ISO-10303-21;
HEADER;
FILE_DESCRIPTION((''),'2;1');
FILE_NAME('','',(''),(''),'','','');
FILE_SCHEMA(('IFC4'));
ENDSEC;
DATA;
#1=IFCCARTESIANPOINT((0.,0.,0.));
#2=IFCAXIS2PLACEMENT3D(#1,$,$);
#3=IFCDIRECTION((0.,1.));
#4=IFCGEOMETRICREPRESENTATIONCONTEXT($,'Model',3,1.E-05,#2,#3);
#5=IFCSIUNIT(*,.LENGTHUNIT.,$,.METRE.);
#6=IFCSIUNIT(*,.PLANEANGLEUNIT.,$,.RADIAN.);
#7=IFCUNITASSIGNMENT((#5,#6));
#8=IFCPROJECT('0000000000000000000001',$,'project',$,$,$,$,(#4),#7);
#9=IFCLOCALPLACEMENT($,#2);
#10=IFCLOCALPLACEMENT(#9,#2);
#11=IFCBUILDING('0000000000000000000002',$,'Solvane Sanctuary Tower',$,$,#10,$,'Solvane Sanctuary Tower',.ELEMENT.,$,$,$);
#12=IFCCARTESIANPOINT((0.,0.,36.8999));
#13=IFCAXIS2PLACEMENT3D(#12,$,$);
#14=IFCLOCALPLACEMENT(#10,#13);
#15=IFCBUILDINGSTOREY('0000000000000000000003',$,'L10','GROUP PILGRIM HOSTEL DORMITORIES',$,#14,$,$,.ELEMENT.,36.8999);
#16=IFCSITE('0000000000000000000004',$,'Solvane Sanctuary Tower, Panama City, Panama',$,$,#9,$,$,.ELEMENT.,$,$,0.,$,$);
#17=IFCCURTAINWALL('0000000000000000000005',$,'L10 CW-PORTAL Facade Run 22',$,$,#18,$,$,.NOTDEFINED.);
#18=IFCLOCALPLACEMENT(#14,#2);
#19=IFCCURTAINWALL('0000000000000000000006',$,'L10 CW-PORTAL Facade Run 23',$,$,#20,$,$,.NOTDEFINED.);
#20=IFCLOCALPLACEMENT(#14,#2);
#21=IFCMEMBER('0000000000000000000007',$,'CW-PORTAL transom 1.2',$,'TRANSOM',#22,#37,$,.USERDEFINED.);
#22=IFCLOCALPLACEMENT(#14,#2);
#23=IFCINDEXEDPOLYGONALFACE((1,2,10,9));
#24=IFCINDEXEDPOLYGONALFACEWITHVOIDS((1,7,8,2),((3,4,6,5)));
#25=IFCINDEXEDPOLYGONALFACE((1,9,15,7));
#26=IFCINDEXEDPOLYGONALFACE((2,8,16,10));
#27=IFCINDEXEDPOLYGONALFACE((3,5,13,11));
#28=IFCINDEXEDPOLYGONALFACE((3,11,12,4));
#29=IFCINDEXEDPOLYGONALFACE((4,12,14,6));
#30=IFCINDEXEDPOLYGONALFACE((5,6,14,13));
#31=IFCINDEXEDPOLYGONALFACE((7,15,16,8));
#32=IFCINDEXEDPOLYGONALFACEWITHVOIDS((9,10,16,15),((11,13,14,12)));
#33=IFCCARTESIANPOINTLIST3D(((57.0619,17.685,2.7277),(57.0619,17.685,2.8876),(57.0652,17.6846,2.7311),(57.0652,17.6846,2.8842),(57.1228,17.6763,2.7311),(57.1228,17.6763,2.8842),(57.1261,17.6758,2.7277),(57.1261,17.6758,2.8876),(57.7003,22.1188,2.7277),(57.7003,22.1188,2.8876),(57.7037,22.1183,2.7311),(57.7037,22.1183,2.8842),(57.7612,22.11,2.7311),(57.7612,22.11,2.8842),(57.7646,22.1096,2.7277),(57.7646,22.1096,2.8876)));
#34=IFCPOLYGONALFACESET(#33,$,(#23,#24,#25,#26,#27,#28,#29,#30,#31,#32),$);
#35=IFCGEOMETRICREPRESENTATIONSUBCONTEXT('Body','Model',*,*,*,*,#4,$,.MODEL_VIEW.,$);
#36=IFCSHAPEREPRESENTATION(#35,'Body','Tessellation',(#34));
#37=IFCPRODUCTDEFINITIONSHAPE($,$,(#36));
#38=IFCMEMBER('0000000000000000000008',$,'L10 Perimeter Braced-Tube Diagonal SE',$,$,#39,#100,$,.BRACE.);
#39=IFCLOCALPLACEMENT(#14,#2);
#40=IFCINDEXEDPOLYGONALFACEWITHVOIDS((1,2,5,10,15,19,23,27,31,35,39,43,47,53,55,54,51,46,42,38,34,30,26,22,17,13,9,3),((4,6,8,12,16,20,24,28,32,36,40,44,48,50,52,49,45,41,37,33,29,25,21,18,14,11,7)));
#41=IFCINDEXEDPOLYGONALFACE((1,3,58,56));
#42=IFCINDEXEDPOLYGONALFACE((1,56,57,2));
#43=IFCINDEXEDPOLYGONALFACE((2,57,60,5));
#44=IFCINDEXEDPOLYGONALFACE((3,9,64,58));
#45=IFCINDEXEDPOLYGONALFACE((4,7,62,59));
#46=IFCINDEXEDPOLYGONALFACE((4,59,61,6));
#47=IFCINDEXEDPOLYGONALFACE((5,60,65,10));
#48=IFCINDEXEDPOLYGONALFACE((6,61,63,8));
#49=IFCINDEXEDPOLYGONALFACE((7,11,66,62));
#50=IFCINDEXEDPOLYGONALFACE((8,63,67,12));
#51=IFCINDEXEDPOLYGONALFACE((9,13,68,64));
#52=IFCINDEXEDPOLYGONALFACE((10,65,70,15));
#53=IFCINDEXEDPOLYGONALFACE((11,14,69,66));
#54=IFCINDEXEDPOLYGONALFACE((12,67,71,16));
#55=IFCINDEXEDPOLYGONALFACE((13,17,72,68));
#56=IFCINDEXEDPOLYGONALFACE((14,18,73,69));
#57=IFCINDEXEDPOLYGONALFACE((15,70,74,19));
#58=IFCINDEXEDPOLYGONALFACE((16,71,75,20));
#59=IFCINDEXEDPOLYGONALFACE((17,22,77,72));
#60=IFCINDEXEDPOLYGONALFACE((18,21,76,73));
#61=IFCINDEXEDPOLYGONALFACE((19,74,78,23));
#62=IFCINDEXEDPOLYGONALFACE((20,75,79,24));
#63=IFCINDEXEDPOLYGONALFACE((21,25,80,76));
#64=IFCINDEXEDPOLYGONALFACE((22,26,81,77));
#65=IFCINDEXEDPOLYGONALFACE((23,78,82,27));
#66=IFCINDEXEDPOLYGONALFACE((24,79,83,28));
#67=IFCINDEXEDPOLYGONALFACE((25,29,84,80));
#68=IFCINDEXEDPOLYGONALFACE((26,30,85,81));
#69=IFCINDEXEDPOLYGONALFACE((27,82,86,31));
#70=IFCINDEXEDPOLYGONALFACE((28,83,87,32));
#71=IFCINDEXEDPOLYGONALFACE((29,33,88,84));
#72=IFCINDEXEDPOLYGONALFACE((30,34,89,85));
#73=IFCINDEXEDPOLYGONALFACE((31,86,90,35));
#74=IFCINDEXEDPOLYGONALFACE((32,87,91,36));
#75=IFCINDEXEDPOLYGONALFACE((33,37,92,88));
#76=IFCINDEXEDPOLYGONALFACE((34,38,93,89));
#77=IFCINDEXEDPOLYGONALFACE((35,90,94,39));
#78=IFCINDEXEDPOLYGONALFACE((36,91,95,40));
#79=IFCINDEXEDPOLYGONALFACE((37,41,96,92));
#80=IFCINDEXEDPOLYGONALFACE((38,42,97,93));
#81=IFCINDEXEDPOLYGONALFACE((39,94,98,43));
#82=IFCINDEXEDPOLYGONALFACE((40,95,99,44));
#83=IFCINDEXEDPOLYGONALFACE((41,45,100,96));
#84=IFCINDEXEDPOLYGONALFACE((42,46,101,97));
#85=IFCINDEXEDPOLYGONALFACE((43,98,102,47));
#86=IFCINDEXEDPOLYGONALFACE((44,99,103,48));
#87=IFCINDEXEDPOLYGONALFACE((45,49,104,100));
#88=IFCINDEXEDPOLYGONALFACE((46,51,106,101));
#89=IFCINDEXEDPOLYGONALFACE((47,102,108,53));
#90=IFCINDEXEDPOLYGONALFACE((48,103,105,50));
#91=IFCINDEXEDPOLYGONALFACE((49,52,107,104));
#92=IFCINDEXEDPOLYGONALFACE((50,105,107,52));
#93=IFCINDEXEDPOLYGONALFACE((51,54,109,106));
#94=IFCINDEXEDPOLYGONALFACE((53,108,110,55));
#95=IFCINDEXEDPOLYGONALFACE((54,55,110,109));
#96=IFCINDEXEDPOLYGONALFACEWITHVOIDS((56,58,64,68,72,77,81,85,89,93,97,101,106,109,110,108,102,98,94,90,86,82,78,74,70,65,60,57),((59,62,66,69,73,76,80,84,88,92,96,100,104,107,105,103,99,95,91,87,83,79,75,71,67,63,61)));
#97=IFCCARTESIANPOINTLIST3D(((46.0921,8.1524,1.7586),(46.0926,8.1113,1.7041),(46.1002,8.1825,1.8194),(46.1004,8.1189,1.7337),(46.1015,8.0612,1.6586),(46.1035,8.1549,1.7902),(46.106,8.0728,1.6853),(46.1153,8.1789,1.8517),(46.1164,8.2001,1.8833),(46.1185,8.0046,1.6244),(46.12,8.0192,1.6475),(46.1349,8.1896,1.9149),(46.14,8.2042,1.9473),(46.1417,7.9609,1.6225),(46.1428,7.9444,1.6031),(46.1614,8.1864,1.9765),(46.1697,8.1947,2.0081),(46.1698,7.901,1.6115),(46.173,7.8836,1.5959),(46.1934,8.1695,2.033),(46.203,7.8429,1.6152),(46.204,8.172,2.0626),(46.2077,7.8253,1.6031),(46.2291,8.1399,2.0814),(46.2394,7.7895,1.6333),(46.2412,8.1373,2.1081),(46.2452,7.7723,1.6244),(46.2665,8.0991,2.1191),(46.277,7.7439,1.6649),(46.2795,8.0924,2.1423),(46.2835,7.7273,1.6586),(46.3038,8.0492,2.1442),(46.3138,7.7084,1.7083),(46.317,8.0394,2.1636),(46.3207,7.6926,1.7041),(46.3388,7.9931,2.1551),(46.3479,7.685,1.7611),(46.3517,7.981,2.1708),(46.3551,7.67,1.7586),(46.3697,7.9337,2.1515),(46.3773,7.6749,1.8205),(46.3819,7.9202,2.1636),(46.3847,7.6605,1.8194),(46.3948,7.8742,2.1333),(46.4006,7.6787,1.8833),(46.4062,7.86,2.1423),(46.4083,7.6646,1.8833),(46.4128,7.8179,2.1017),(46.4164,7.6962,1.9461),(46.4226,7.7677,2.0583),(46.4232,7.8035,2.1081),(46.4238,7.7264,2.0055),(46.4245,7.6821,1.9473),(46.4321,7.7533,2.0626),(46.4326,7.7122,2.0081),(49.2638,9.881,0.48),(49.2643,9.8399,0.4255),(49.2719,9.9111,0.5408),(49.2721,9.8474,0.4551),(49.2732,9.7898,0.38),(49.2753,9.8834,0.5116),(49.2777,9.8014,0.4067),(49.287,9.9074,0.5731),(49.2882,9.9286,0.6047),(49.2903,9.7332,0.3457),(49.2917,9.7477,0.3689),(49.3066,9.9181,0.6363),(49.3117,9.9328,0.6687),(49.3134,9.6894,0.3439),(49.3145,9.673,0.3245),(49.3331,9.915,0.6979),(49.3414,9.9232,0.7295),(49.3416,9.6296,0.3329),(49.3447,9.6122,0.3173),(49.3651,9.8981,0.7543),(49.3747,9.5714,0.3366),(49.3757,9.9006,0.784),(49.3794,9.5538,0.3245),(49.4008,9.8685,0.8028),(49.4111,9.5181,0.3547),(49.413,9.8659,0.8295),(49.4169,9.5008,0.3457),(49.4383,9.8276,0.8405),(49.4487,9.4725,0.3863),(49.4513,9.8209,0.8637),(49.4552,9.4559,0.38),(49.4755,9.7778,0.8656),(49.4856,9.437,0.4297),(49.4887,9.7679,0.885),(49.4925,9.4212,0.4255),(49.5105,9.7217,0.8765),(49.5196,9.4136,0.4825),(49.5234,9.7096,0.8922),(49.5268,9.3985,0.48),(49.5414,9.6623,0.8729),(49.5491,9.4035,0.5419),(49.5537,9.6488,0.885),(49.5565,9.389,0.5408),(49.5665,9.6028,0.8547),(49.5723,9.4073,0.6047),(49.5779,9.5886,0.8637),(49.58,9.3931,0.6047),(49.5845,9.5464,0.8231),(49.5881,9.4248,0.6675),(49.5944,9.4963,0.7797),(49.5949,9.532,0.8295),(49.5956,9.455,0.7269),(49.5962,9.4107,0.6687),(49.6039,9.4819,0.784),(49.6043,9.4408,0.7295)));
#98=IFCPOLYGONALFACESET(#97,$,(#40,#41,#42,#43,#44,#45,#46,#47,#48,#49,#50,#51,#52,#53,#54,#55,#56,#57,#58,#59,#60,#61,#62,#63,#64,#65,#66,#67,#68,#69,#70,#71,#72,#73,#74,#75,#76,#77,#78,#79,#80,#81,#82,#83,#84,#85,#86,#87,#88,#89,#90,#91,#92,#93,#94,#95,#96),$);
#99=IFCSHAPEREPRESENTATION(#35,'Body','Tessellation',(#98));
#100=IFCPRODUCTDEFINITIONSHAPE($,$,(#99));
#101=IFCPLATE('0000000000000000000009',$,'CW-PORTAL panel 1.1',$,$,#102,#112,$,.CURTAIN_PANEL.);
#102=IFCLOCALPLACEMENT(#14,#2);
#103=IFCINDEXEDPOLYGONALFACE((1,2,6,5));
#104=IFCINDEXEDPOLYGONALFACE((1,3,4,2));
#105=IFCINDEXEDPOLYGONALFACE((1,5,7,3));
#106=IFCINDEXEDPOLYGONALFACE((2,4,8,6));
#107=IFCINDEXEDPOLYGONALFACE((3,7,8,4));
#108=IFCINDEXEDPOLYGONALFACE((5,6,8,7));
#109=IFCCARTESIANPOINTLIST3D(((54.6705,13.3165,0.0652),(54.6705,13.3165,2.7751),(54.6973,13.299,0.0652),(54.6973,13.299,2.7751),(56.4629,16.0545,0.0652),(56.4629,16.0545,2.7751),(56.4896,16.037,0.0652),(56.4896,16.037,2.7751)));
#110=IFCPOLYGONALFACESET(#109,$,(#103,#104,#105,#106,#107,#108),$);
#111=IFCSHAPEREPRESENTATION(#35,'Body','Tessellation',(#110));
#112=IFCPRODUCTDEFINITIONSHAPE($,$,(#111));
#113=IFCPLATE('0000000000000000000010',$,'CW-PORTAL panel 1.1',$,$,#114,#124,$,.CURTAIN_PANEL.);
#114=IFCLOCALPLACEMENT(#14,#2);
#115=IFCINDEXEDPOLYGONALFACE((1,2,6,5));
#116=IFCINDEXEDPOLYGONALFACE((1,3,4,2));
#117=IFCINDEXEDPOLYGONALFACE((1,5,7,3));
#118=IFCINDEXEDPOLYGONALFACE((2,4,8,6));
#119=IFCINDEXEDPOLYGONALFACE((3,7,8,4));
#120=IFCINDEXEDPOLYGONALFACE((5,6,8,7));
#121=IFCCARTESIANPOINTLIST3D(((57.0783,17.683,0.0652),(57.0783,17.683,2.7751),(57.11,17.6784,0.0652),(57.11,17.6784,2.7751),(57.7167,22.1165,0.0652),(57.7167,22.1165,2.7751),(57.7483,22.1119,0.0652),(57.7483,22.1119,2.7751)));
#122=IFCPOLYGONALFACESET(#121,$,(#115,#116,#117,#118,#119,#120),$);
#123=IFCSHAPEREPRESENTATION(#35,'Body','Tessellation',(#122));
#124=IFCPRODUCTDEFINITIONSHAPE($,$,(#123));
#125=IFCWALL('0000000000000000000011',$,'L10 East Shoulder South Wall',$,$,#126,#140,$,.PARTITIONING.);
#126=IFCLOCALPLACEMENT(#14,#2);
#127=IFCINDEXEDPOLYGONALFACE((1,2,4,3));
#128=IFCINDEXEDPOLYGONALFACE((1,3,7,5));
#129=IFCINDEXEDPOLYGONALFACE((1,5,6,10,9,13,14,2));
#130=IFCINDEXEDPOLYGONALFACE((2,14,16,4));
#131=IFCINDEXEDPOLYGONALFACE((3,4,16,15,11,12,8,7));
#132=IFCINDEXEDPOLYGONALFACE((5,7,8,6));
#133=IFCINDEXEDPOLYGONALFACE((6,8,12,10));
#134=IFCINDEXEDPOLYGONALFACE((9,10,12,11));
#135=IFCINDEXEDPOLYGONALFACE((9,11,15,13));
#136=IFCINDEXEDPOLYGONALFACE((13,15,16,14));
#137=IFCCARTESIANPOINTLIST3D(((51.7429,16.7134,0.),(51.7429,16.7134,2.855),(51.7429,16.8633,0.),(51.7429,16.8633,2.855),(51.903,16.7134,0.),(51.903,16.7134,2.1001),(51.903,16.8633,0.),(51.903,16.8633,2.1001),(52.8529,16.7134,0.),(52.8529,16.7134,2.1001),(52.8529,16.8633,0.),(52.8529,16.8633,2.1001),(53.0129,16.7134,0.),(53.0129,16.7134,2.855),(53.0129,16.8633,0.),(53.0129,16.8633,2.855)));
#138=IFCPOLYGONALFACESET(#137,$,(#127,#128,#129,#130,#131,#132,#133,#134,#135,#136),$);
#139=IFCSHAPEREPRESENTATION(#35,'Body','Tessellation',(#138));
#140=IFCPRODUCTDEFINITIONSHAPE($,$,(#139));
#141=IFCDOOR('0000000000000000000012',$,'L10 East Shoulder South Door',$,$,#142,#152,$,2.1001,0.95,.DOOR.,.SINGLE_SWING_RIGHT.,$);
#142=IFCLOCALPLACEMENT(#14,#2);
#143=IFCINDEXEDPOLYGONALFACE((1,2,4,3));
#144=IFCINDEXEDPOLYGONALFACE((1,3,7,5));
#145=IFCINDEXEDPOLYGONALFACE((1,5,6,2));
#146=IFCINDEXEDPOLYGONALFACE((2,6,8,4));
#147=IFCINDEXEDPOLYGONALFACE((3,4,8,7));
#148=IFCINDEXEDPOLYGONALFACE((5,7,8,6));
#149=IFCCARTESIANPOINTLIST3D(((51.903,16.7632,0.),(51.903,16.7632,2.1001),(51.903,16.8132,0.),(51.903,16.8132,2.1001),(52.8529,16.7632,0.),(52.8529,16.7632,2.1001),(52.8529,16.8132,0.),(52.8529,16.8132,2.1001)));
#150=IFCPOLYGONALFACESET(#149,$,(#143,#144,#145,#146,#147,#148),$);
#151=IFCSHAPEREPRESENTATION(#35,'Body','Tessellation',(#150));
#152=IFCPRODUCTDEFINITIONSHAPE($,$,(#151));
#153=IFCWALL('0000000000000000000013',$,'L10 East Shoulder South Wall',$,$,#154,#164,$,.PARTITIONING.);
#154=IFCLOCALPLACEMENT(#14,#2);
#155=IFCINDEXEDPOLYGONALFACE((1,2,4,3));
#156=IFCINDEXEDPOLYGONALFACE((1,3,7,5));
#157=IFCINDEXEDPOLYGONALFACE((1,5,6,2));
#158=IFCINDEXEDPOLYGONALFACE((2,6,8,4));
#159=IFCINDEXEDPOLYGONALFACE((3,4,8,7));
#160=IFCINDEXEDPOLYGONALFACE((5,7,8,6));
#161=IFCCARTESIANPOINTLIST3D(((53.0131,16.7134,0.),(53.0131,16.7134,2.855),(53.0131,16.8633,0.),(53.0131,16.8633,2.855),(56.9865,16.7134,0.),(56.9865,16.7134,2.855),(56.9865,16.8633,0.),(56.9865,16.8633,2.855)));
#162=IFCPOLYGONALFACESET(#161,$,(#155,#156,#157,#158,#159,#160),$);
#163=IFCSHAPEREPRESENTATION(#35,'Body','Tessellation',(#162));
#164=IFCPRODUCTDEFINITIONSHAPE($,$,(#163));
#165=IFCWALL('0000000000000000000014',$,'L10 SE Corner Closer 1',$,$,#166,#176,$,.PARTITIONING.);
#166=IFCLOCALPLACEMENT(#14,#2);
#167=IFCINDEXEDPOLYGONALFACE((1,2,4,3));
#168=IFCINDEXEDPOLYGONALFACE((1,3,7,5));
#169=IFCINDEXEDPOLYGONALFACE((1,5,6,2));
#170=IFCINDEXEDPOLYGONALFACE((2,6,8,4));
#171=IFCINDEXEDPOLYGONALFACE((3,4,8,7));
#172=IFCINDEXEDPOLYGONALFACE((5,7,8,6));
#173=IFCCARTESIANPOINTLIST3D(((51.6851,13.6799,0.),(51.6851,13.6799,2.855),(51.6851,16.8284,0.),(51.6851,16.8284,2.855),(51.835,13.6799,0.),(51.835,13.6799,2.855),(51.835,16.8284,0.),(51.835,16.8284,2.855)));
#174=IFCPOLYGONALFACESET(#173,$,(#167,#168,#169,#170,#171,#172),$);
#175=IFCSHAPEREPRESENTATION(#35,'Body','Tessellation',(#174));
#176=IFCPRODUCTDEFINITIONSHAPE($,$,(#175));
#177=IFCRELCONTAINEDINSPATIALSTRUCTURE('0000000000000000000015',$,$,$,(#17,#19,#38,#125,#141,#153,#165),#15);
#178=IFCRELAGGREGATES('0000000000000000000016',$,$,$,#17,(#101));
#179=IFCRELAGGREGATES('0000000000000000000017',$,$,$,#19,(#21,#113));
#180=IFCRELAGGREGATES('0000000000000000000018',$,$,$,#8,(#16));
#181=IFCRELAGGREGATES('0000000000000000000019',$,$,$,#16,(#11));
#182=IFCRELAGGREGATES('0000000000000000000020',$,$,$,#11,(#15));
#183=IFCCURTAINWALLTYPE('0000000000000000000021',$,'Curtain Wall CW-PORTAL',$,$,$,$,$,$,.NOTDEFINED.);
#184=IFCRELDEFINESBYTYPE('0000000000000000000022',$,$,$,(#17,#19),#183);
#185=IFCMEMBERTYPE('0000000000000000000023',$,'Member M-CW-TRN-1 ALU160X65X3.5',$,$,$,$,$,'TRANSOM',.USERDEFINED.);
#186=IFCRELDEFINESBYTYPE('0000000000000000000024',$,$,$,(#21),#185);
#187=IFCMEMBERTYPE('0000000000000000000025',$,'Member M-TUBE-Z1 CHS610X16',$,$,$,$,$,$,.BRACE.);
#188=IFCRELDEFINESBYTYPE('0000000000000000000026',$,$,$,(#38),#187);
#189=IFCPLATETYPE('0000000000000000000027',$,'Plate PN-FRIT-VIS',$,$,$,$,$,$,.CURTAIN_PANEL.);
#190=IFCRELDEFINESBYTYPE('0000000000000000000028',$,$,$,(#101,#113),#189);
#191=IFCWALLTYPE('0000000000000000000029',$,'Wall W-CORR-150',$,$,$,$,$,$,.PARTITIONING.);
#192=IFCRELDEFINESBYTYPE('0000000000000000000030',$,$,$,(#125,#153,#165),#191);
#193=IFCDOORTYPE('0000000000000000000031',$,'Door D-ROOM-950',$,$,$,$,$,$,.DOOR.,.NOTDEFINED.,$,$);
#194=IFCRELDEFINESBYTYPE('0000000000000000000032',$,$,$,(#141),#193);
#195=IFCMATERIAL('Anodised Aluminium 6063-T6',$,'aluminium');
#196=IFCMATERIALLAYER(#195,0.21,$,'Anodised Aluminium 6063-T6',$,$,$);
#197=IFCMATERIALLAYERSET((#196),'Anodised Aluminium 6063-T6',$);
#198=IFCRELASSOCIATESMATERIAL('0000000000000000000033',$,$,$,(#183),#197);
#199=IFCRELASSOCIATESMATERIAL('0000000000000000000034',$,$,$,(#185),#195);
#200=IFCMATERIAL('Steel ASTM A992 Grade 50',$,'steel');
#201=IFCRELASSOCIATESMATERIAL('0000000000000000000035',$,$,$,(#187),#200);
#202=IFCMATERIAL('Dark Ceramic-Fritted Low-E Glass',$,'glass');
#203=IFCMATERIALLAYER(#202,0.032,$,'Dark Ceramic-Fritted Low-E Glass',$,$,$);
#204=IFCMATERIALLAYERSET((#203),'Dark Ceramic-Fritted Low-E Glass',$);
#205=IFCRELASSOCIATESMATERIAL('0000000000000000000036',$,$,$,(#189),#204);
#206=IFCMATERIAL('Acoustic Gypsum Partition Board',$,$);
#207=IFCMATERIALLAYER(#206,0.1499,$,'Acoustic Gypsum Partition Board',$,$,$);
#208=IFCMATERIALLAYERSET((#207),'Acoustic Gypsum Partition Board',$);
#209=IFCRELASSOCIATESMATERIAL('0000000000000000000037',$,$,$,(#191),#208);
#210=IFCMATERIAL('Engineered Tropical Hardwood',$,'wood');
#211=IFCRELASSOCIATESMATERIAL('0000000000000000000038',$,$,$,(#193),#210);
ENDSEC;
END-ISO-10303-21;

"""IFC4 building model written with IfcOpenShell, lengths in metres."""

from ifc_helpers import new_model, si_unit, direction, frame, frame_2d, origin, origin_2d, place, context, subcontext, project, spatial, rectangle, hollow_rectangle, hollow_circle, extrude, material, layer, layer_set, material_profile, profile_set, type_object, element, fill, aggregate, save


model = new_model("IFC4")

# Units and contexts
model_context = context("Model", 3, precision=1e-05, world=origin(), true_north=direction((0.0, 1.0)))
body_context = subcontext(model_context, "Body", "Model", "MODEL_VIEW")
ifc_project = project(units=[si_unit("LENGTHUNIT", "METRE"), si_unit("PLANEANGLEUNIT", "RADIAN")], contexts=[model_context])

# Site, building, storey
site_placement = place(None, origin())
site = spatial("IfcSite", under=ifc_project, at=site_placement, Name="Solvane Sanctuary Tower, Panama City, Panama", CompositionType="ELEMENT", RefElevation=0.0)
building_placement = place(site_placement, origin())
building = spatial("IfcBuilding", under=site, at=building_placement, Name="Solvane Sanctuary Tower", LongName="Solvane Sanctuary Tower", CompositionType="ELEMENT")
storey_placement = place(building_placement, frame((0.0, 0.0, 36.8999)))
storey = spatial("IfcBuildingStorey", under=building, at=storey_placement, Name="L10", Description="GROUP PILGRIM HOSTEL DORMITORIES", CompositionType="ELEMENT", Elevation=36.8999)

# Shared definitions
ifc_material_1 = material(Name="Steel ASTM A992 Grade 50", Category="steel")

# Curtain walls
ifc_material_2 = material(Name="Anodised Aluminium 6063-T6", Category="aluminium")
ifc_layer_1 = layer(ifc_material_2, 0.21, Name="Anodised Aluminium 6063-T6")
ifc_layer_set_1 = layer_set([ifc_layer_1], Name="Anodised Aluminium 6063-T6")
curtain_wall_type = type_object("IfcCurtainWallType", Name="Curtain Wall CW-PORTAL", PredefinedType="NOTDEFINED", material=ifc_layer_set_1)
curtain_wall_1_placement = place(storey_placement, origin())
curtain_wall_1 = element("IfcCurtainWall", 1, at=curtain_wall_1_placement, inside=storey, type_object=curtain_wall_type, Name="L10 CW-PORTAL Facade Run 22", PredefinedType="NOTDEFINED")
curtain_wall_2_placement = place(storey_placement, origin())
curtain_wall_2 = element("IfcCurtainWall", 2, at=curtain_wall_2_placement, inside=storey, type_object=curtain_wall_type, Name="L10 CW-PORTAL Facade Run 23", PredefinedType="NOTDEFINED")

# Members
ifc_material_profile_1 = material_profile(ifc_material_2, hollow_rectangle(XDim=0.0649, YDim=0.1599, WallThickness=0.0034, at=origin_2d()), Name="ALU160X65X3.5")
ifc_profile_set_1 = profile_set([ifc_material_profile_1], Name="Anodised Aluminium 6063-T6")
member_type_1 = type_object("IfcMemberType", Name="Member M-CW-TRN-1 ALU160X65X3.5", ElementType="TRANSOM", PredefinedType="USERDEFINED", material=ifc_profile_set_1)
member_1_placement = place(storey_placement, frame((57.094, 17.6804, 2.8076), z_axis=(0.14252, 0.989792, 0.0), x_axis=(-0.989792, 0.14252, 0.0)))
member_1 = element("IfcMember", 3, at=member_1_placement, type_object=member_type_1, Name="CW-PORTAL transom 1.2", ObjectType="TRANSOM", PredefinedType="USERDEFINED", context=body_context, shape_type="SweptSolid", body=[
    extrude(hollow_rectangle(XDim=0.0649, YDim=0.1599, WallThickness=0.0034, at=origin_2d()), origin(), (0.0, 0.0, 1.0), 4.4795),
])
ifc_material_profile_2 = material_profile(ifc_material_1, hollow_circle(Radius=0.3049, WallThickness=0.0161, at=origin_2d()), Name="CHS610X16")
ifc_profile_set_2 = profile_set([ifc_material_profile_2], Name="Steel ASTM A992 Grade 50")
member_type_2 = type_object("IfcMemberType", Name="Member M-TUBE-Z1 CHS610X16", PredefinedType="BRACE", material=ifc_profile_set_2)
member_2_placement = place(storey_placement, frame((49.4341, 9.6609, 0.6047), z_axis=(-0.82774, -0.451112, 0.333683), x_axis=(0.47854, -0.878066, 0.0)))
element("IfcMember", 4, at=member_2_placement, inside=storey, type_object=member_type_2, Name="L10 Perimeter Braced-Tube Diagonal SE", PredefinedType="BRACE", context=body_context, shape_type="SweptSolid", body=[
    extrude(hollow_circle(Radius=0.3049, WallThickness=0.0161, at=origin_2d()), origin(), (0.0, 0.0, 1.0), 3.8318),
])

# Plates
ifc_material_3 = material(Name="Dark Ceramic-Fritted Low-E Glass", Category="glass")
ifc_layer_2 = layer(ifc_material_3, 0.032, Name="Dark Ceramic-Fritted Low-E Glass")
ifc_layer_set_2 = layer_set([ifc_layer_2], Name="Dark Ceramic-Fritted Low-E Glass")
plate_type = type_object("IfcPlateType", Name="Plate PN-FRIT-VIS", PredefinedType="CURTAIN_PANEL", material=ifc_layer_set_2)
plate_1_placement = place(storey_placement, frame((55.5801, 14.6768, 0.0652), z_axis=(0.0, 0.0, 1.0), x_axis=(0.547702, 0.836674, 0.0)))
plate_1 = element("IfcPlate", 5, at=plate_1_placement, type_object=plate_type, Name="CW-PORTAL panel 1.1", PredefinedType="CURTAIN_PANEL", context=body_context, shape_type="SweptSolid", body=[
    extrude(rectangle(XDim=3.2725, YDim=0.032, at=origin_2d()), origin(), (0.0, 0.0, 1.0), 2.71),
])
aggregate(curtain_wall_1, [plate_1])
plate_2_placement = place(storey_placement, frame((57.4133, 19.8975, 0.0652), z_axis=(0.0, 0.0, 1.0), x_axis=(0.142504, 0.989794, 0.0)))
plate_2 = element("IfcPlate", 6, at=plate_2_placement, type_object=plate_type, Name="CW-PORTAL panel 1.1", PredefinedType="CURTAIN_PANEL", context=body_context, shape_type="SweptSolid", body=[
    extrude(rectangle(XDim=4.4792, YDim=0.032, at=origin_2d()), origin(), (0.0, 0.0, 1.0), 2.71),
])
aggregate(curtain_wall_2, [member_1, plate_2])

# Wall, opening, door
ifc_material_4 = material(Name="Acoustic Gypsum Partition Board")
ifc_layer_3 = layer(ifc_material_4, 0.1499, Name="Acoustic Gypsum Partition Board")
ifc_layer_set_3 = layer_set([ifc_layer_3], Name="Acoustic Gypsum Partition Board")
wall_type_1 = type_object("IfcWallType", Name="Wall W-CORR-150", PredefinedType="PARTITIONING", material=ifc_layer_set_3)
wall_1_placement = place(storey_placement, frame((51.7429, 16.7883, 0.0), z_axis=(0.0, 0.0, 1.0), x_axis=(1.0, 0.0, 0.0)))
wall_1 = element("IfcWall", 7, at=wall_1_placement, inside=storey, type_object=wall_type_1, Name="L10 East Shoulder South Wall", PredefinedType="PARTITIONING", context=body_context, shape_type="SweptSolid", body=[
    extrude(rectangle(XDim=1.27, YDim=0.1499, at=frame_2d((0.635, 0.0))), origin(), (0.0, 0.0, 1.0), 2.855),
])
opening_1_placement = place(wall_1_placement, frame((0.1599, 0.0, 0.0)))
opening_1 = element("IfcOpeningElement", 8, at=opening_1_placement, cuts=wall_1, PredefinedType="OPENING", context=body_context, shape_type="SweptSolid", body=[
    extrude(rectangle(XDim=0.95, YDim=2.1001, at=frame_2d((0.4751, 1.05))), frame((0.0, 0.085, 0.0), z_axis=(0.0, -1.0, 0.0), x_axis=(1.0, 0.0, 0.0)), (0.0, 0.0, 1.0), 0.1699),
])
ifc_material_5 = material(Name="Engineered Tropical Hardwood", Category="wood")
door_type = type_object("IfcDoorType", Name="Door D-ROOM-950", OperationType="NOTDEFINED", PredefinedType="DOOR", material=ifc_material_5)
door_placement = place(opening_1_placement, origin())
door = element("IfcDoor", 9, at=door_placement, inside=storey, type_object=door_type, Name="L10 East Shoulder South Door", OperationType="SINGLE_SWING_RIGHT", OverallHeight=2.1001, OverallWidth=0.95, PredefinedType="DOOR", context=body_context, shape_type="SweptSolid", body=[
    extrude(rectangle(XDim=0.95, YDim=2.1001, at=frame_2d((0.4751, 1.05))), frame((0.0, 0.0249, 0.0), z_axis=(0.0, -1.0, 0.0), x_axis=(1.0, 0.0, 0.0)), (0.0, 0.0, 1.0), 0.05),
])
fill(opening_1, door)

# Walls
wall_2_placement = place(storey_placement, frame((53.0129, 16.7883, 0.0), z_axis=(0.0, 0.0, 1.0), x_axis=(1.0, 0.0, 0.0)))
element("IfcWall", 10, at=wall_2_placement, inside=storey, type_object=wall_type_1, Name="L10 East Shoulder South Wall", PredefinedType="PARTITIONING", context=body_context, shape_type="SweptSolid", body=[
    extrude(rectangle(XDim=3.9734, YDim=0.1499, at=frame_2d((1.9868, 0.0))), origin(), (0.0, 0.0, 1.0), 2.855),
])
wall_3_placement = place(storey_placement, frame((51.76, 13.6799, 0.0), z_axis=(0.0, 0.0, 1.0), x_axis=(0.0, 1.0, 0.0)))
element("IfcWall", 11, at=wall_3_placement, inside=storey, type_object=wall_type_1, Name="L10 SE Corner Closer 1", PredefinedType="PARTITIONING", context=body_context, shape_type="SweptSolid", body=[
    extrude(rectangle(XDim=3.1484, YDim=0.1499, at=frame_2d((1.5742, 0.0))), origin(), (0.0, 0.0, 1.0), 2.855),
])

save(model, "model.ifc")
